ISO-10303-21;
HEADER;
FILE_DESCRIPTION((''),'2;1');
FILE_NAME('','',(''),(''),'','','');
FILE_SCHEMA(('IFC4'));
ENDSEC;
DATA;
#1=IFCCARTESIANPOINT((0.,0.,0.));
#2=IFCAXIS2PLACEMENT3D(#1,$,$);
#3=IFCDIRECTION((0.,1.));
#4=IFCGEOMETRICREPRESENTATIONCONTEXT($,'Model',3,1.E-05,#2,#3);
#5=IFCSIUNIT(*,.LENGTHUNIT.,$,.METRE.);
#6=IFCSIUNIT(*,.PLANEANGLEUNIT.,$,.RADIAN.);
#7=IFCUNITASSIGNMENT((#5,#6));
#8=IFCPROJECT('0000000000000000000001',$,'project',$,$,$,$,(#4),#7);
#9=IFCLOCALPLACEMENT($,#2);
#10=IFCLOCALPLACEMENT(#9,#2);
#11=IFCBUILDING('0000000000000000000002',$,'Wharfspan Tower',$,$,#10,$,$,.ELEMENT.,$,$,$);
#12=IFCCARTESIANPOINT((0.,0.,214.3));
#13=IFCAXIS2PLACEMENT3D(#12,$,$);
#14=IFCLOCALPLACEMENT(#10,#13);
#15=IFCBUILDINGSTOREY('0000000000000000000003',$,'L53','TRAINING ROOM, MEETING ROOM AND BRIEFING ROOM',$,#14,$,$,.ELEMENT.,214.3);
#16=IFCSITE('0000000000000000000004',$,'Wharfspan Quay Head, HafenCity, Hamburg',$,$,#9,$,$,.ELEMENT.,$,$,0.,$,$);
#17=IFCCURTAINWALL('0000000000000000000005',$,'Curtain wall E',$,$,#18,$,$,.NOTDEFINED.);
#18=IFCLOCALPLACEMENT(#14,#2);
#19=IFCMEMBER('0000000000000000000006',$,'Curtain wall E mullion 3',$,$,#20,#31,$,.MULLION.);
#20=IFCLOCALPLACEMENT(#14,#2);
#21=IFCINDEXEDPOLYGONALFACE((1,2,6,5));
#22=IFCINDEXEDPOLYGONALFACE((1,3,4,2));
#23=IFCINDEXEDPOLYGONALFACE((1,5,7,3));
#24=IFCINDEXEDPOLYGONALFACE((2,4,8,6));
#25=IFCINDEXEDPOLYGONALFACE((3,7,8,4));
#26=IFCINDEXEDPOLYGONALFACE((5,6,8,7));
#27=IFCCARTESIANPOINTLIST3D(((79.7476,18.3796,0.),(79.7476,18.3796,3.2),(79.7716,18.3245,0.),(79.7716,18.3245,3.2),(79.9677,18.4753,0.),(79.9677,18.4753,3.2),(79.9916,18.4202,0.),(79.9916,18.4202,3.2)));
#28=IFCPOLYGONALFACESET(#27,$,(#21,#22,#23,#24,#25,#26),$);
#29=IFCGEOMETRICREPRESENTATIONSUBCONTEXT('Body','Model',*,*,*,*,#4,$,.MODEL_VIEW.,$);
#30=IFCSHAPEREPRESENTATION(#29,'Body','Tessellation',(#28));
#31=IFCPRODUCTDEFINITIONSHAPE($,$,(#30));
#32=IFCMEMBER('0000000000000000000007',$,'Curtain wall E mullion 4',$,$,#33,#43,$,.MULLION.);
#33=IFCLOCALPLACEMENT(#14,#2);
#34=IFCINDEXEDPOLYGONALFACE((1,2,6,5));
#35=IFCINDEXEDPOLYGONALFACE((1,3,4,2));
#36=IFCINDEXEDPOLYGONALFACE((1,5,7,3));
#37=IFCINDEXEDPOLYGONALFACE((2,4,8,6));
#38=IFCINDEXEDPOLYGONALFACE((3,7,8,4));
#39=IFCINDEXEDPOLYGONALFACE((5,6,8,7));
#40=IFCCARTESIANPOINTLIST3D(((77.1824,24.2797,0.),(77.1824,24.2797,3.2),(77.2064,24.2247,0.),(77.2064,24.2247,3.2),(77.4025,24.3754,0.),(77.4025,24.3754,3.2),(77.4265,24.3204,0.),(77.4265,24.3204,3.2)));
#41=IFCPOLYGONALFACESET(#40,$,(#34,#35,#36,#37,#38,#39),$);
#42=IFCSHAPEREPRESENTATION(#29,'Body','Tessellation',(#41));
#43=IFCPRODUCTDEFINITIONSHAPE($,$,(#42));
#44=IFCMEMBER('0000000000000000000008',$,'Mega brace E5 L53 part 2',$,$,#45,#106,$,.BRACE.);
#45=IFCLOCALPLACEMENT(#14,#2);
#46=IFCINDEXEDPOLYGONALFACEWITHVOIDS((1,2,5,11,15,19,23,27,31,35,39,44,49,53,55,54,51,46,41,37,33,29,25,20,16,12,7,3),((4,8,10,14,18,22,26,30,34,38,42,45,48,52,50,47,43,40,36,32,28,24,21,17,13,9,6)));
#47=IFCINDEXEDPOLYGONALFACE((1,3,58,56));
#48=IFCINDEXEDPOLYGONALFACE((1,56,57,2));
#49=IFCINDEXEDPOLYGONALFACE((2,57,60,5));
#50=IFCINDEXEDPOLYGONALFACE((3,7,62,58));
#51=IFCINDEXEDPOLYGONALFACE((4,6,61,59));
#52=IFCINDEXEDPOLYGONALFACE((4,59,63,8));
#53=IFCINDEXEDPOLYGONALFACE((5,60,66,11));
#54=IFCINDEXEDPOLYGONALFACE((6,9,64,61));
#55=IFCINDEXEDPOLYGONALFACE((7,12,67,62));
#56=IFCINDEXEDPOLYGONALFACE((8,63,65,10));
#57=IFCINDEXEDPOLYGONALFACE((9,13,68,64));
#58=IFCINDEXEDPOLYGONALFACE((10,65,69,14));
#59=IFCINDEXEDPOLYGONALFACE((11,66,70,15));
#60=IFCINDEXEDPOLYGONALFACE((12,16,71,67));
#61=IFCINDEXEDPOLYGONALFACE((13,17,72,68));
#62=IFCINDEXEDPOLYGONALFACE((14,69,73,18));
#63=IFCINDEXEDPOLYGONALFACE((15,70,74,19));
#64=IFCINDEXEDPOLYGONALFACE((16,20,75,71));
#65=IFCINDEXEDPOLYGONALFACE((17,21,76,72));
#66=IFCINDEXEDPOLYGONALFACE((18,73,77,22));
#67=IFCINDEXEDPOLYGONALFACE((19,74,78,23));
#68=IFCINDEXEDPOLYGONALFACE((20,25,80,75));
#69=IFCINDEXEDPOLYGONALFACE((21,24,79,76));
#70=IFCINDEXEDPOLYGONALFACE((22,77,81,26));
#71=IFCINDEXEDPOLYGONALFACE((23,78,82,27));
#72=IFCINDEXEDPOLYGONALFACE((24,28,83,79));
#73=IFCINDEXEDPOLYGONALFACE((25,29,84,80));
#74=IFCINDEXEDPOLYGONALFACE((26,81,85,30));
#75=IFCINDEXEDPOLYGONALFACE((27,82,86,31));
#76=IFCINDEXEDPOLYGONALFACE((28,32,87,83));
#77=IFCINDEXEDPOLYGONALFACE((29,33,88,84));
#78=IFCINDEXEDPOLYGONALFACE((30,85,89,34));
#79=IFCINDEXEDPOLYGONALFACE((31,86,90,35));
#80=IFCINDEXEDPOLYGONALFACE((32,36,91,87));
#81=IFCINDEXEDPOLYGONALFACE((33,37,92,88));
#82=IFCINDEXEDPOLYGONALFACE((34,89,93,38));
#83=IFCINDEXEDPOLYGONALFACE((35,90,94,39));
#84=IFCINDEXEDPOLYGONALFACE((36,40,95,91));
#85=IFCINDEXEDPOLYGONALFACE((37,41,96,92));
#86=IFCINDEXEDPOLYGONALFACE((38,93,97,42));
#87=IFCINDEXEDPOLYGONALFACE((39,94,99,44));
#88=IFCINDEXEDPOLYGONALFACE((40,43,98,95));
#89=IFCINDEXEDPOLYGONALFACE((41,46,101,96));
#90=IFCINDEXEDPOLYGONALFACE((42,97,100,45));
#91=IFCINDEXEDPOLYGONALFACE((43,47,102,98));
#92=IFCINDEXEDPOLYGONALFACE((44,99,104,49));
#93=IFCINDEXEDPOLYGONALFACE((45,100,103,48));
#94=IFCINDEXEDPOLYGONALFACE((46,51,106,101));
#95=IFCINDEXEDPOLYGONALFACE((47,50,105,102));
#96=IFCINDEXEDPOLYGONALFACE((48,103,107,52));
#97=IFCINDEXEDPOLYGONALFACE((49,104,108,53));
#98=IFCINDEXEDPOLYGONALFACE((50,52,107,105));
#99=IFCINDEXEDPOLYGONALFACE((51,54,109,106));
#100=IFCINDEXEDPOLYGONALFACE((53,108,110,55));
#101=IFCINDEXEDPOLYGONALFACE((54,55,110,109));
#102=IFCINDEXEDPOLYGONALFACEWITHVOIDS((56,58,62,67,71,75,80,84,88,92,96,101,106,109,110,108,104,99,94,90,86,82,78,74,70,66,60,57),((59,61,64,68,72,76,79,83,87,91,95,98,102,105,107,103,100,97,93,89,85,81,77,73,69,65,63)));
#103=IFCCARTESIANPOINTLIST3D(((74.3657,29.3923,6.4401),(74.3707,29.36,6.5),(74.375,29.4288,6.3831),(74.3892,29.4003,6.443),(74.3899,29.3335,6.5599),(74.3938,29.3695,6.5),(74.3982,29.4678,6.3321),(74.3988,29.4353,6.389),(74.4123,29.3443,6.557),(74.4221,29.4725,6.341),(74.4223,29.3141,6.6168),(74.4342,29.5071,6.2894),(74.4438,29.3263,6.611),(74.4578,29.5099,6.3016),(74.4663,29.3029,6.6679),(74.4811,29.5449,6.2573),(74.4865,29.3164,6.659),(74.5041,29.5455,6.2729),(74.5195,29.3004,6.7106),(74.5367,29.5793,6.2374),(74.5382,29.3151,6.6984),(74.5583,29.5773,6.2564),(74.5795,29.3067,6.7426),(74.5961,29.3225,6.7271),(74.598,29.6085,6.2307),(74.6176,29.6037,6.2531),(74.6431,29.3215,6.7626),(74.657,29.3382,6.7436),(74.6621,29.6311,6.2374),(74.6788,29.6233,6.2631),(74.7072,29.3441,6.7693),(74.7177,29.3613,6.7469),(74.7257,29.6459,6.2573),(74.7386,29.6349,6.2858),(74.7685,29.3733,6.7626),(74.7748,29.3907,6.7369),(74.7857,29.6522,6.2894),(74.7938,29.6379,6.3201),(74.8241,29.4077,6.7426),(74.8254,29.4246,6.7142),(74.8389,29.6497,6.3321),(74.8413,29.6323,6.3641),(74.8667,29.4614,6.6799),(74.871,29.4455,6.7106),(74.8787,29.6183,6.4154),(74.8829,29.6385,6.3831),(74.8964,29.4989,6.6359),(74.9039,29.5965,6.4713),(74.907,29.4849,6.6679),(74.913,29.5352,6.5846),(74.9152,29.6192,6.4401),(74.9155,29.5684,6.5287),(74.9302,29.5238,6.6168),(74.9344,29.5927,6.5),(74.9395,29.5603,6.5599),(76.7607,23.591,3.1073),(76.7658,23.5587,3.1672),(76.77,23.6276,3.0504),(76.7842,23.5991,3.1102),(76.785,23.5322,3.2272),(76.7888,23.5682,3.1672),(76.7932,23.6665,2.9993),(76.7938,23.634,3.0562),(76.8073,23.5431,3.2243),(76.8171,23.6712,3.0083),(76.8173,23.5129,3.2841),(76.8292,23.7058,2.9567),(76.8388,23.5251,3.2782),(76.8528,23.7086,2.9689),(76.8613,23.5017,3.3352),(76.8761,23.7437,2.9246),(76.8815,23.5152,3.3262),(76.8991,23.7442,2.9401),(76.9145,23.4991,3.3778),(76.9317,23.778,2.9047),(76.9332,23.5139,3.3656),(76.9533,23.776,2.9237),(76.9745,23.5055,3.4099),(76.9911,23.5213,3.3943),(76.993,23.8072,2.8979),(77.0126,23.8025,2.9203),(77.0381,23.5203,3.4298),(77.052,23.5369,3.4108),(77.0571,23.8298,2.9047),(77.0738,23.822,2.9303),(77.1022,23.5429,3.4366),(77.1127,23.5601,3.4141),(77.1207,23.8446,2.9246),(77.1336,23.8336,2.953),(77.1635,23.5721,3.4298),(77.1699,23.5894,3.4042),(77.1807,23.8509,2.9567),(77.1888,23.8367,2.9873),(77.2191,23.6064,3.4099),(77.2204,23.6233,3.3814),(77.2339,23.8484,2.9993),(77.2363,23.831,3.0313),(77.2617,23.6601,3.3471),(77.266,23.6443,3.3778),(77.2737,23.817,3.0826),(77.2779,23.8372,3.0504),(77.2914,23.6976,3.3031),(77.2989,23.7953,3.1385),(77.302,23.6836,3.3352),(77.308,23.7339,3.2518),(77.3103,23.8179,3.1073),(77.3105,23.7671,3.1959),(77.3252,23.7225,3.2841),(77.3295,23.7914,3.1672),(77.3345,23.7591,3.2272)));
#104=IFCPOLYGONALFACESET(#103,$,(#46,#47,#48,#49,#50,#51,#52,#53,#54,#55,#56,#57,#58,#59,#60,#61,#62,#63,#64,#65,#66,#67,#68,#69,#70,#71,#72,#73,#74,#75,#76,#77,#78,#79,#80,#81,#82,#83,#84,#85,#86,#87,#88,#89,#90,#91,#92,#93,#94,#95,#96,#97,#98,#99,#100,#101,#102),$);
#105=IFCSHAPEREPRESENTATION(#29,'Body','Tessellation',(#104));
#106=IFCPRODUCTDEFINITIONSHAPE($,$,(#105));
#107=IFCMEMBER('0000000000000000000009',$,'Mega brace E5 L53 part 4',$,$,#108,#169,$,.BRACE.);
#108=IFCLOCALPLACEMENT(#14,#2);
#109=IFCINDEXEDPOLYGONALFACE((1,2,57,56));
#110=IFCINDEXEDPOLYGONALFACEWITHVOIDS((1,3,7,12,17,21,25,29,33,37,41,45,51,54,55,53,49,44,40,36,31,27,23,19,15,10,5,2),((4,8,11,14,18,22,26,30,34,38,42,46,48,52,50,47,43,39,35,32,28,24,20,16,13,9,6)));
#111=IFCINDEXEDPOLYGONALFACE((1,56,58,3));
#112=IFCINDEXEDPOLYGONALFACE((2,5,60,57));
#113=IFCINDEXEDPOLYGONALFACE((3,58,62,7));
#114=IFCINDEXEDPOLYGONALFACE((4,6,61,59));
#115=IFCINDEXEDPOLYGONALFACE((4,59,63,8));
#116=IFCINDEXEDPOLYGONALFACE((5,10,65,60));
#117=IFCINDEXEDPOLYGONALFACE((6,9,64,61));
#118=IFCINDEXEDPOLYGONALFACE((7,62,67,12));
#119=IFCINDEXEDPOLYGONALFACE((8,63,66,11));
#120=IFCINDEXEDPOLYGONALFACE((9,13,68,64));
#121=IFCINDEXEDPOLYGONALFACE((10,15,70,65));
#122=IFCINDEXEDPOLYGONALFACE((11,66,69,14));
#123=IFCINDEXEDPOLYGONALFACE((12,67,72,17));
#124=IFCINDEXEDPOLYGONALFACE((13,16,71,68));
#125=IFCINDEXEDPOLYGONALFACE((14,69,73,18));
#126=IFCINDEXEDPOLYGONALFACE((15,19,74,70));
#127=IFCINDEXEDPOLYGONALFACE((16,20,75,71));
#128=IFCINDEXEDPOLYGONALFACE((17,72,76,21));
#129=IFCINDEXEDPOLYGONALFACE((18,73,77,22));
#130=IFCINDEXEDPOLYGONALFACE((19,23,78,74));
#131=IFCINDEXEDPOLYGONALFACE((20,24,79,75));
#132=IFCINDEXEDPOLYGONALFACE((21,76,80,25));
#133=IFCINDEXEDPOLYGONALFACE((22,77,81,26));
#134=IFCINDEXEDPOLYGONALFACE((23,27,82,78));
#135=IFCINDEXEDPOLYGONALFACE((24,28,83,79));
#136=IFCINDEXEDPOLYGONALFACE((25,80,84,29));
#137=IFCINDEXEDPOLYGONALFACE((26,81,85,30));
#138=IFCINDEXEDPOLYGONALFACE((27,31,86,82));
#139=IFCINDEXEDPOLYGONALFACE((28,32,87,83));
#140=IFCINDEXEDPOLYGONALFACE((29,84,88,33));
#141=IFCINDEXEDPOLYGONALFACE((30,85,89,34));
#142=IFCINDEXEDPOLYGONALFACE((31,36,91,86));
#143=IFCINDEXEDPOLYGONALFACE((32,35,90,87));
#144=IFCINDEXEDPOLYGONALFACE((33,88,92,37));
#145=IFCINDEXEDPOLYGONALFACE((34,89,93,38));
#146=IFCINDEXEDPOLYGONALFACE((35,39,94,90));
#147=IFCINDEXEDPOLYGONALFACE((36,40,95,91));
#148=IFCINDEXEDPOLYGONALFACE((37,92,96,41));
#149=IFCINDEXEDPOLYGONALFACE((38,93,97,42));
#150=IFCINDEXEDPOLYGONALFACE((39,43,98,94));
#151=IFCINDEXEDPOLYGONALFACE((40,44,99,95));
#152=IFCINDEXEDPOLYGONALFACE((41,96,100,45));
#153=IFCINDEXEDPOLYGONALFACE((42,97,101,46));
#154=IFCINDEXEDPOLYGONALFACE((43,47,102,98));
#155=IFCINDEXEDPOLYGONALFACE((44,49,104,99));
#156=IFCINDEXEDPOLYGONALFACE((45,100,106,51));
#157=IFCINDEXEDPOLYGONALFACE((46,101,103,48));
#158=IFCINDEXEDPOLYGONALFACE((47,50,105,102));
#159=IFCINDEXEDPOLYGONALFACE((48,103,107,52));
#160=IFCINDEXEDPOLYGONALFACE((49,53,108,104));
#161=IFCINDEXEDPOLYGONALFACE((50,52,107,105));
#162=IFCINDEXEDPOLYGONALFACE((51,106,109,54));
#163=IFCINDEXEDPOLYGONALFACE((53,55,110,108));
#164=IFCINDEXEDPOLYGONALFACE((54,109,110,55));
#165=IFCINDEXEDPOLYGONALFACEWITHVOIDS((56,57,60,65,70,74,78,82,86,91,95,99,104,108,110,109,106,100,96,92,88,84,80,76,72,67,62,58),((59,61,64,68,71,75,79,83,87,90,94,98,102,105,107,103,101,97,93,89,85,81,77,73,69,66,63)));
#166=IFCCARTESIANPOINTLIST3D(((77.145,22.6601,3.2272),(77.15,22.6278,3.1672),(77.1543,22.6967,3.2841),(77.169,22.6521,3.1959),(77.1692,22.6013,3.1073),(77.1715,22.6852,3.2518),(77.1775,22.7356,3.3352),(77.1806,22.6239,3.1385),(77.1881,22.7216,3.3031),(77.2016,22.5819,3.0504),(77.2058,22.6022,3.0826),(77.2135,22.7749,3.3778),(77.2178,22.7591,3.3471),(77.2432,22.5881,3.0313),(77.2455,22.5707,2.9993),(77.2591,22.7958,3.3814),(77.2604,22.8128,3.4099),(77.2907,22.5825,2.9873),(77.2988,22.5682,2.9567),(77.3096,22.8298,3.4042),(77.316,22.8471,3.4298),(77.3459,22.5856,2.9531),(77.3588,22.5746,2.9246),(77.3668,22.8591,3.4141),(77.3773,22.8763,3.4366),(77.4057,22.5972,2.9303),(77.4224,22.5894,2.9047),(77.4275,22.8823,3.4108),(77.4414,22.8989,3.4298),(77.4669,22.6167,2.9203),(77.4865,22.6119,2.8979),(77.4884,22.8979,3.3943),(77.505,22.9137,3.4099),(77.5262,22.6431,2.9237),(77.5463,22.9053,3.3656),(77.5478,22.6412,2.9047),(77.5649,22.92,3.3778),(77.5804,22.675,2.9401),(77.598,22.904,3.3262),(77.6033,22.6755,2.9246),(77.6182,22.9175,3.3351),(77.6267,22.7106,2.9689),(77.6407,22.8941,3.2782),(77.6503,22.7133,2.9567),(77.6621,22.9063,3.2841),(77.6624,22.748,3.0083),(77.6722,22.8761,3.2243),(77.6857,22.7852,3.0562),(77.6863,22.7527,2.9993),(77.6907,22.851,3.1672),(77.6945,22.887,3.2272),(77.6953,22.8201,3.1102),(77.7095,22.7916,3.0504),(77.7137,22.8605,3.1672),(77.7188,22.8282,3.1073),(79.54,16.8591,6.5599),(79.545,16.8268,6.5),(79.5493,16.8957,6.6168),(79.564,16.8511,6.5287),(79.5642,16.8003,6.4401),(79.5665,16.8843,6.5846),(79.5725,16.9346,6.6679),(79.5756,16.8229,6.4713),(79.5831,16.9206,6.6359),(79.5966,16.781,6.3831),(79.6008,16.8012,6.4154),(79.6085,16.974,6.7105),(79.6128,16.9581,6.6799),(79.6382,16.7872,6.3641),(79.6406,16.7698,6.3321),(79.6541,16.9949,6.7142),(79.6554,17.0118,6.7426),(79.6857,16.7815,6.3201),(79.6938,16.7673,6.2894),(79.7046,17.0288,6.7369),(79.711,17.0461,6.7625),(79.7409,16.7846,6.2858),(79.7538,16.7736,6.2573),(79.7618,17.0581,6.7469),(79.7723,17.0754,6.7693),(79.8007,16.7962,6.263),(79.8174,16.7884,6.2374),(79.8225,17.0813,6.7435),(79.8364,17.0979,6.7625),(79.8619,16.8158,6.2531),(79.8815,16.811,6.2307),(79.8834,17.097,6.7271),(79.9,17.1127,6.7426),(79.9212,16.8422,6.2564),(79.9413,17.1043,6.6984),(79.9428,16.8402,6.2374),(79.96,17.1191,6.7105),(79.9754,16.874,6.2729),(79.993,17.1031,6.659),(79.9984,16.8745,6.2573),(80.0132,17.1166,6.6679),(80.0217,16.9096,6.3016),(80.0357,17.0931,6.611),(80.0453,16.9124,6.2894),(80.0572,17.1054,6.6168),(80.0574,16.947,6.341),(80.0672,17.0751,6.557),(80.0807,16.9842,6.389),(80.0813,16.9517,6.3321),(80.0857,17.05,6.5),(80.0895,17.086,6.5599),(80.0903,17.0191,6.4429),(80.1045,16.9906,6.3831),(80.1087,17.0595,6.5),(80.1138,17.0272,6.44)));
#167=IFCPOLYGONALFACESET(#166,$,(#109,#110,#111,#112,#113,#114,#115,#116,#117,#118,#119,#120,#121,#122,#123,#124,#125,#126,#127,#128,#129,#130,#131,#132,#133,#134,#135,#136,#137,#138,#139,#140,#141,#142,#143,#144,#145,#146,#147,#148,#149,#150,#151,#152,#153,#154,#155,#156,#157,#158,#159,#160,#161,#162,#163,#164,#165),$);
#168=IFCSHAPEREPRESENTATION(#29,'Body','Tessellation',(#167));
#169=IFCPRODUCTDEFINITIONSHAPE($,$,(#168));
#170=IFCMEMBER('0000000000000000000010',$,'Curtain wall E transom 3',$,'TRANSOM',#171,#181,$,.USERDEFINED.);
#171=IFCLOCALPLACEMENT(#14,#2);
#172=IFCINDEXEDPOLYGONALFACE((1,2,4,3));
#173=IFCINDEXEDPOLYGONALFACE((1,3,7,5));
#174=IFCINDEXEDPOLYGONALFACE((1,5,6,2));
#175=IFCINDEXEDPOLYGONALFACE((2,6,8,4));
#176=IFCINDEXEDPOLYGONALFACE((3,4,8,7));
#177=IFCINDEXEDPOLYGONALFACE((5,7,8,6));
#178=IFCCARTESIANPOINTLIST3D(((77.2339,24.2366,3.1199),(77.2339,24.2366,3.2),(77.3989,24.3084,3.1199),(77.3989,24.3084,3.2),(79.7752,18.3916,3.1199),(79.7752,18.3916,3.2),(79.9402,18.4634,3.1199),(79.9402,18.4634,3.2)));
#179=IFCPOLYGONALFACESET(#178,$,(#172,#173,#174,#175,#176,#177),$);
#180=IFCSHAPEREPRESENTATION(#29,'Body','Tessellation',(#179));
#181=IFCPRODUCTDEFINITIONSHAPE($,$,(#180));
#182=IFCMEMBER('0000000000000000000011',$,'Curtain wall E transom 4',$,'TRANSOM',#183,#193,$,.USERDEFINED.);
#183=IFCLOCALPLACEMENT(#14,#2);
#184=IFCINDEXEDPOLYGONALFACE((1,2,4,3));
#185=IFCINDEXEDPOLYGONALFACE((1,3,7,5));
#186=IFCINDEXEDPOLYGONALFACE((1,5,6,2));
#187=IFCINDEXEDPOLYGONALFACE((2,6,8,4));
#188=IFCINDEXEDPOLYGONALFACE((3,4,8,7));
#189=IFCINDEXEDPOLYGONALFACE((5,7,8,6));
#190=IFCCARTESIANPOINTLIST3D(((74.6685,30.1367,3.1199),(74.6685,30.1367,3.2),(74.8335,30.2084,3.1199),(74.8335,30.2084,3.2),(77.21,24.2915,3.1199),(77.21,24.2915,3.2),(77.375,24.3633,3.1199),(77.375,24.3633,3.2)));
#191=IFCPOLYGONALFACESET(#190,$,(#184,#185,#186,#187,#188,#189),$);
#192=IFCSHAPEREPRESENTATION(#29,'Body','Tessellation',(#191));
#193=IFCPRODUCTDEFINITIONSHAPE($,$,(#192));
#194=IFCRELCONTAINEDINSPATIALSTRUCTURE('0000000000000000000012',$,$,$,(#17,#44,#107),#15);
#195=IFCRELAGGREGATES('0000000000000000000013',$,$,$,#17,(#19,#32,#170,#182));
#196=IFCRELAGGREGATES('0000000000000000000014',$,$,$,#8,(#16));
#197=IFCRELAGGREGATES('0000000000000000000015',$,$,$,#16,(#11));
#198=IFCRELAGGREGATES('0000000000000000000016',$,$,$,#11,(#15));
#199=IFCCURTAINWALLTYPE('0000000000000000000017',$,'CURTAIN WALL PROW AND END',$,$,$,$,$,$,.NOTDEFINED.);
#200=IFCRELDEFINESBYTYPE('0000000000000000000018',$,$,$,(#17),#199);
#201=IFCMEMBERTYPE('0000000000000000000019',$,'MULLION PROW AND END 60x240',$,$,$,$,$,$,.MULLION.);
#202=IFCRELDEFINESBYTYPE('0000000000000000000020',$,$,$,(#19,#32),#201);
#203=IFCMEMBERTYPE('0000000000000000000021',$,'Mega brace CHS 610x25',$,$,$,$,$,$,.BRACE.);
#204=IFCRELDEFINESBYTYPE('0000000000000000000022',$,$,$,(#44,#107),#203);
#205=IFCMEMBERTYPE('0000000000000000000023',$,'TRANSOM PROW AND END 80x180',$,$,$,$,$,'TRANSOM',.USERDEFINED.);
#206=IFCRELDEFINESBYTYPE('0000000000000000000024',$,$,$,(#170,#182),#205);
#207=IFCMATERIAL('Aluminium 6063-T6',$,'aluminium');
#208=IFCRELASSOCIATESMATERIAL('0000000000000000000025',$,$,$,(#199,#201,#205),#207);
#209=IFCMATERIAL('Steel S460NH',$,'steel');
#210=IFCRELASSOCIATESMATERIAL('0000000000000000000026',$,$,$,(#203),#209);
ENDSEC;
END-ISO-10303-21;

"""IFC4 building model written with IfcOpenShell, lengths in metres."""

from ifc_helpers import new_model, si_unit, direction, frame, origin, origin_2d, place, context, subcontext, project, spatial, rectangle, hollow_circle, extrude, material, material_profile, profile_set, type_object, element, aggregate, save


model = new_model("IFC4")

# Units and contexts
model_context = context("Model", 3, precision=1e-05, world=origin(), true_north=direction((0.0, 1.0)))
body_context = subcontext(model_context, "Body", "Model", "MODEL_VIEW")
ifc_project = project(units=[si_unit("LENGTHUNIT", "METRE"), si_unit("PLANEANGLEUNIT", "RADIAN")], contexts=[model_context])

# Site, building, storey
site_placement = place(None, origin())
site = spatial("IfcSite", under=ifc_project, at=site_placement, Name="Wharfspan Quay Head, HafenCity, Hamburg", CompositionType="ELEMENT", RefElevation=0.0)
building_placement = place(site_placement, origin())
building = spatial("IfcBuilding", under=site, at=building_placement, Name="Wharfspan Tower", CompositionType="ELEMENT")
storey_placement = place(building_placement, frame((0.0, 0.0, 214.3)))
storey = spatial("IfcBuildingStorey", under=building, at=storey_placement, Name="L53", Description="TRAINING ROOM, MEETING ROOM AND BRIEFING ROOM", CompositionType="ELEMENT", Elevation=214.3)

# Curtain wall, members
ifc_material_1 = material(Name="Aluminium 6063-T6", Category="aluminium")
curtain_wall_type = type_object("IfcCurtainWallType", Name="CURTAIN WALL PROW AND END", PredefinedType="NOTDEFINED", material=ifc_material_1)
curtain_wall_placement = place(storey_placement, origin())
curtain_wall = element("IfcCurtainWall", 1, at=curtain_wall_placement, inside=storey, type_object=curtain_wall_type, Name="Curtain wall E", PredefinedType="NOTDEFINED")
ifc_material_profile_1 = material_profile(ifc_material_1, rectangle(XDim=0.24, YDim=0.0601, at=origin_2d()))
ifc_profile_set_1 = profile_set([ifc_material_profile_1], Name="Aluminium 6063-T6")
member_type_1 = type_object("IfcMemberType", Name="MULLION PROW AND END 60x240", PredefinedType="MULLION", material=ifc_profile_set_1)
member_1_placement = place(storey_placement, frame((79.8696, 18.3999, 0.0), z_axis=(0.0, 0.0, 1.0), x_axis=(-0.917072, -0.398727, 0.0)))
member_1 = element("IfcMember", 2, at=member_1_placement, type_object=member_type_1, Name="Curtain wall E mullion 3", PredefinedType="MULLION", context=body_context, shape_type="SweptSolid", body=[
    extrude(rectangle(XDim=0.24, YDim=0.0601, at=origin_2d()), origin(), (0.0, 0.0, 1.0), 3.2),
])
member_2_placement = place(storey_placement, frame((77.3044, 24.3, 0.0), z_axis=(0.0, 0.0, 1.0), x_axis=(-0.917072, -0.398727, 0.0)))
member_2 = element("IfcMember", 3, at=member_2_placement, type_object=member_type_1, Name="Curtain wall E mullion 4", PredefinedType="MULLION", context=body_context, shape_type="SweptSolid", body=[
    extrude(rectangle(XDim=0.24, YDim=0.0601, at=origin_2d()), origin(), (0.0, 0.0, 1.0), 3.2),
])

# Members
ifc_material_2 = material(Name="Steel S460NH", Category="steel")
ifc_material_profile_2 = material_profile(ifc_material_2, hollow_circle(Radius=0.3049, WallThickness=0.0249, at=origin_2d()))
ifc_profile_set_2 = profile_set([ifc_material_profile_2], Name="Steel S460NH")
member_type_2 = type_object("IfcMemberType", Name="Mega brace CHS 610x25", PredefinedType="BRACE", material=ifc_profile_set_2)
member_3_placement = place(storey_placement, frame((77.0476, 23.675, 3.1672), z_axis=(-0.337032, 0.816367, 0.468993), x_axis=(-0.92433, -0.381605, 0.000002)))
element("IfcMember", 4, at=member_3_placement, inside=storey, type_object=member_type_2, Name="Mega brace E5 L53 part 2", PredefinedType="BRACE", context=body_context, shape_type="SweptSolid", body=[
    extrude(hollow_circle(Radius=0.3049, WallThickness=0.0249, at=origin_2d()), origin(), (0.0, 0.0, 1.0), 7.1062),
])
member_4_placement = place(storey_placement, frame((77.4319, 22.7441, 3.1672), z_axis=(0.337042, -0.816355, 0.469007), x_axis=(0.924324, 0.381616, -0.000004)))
element("IfcMember", 5, at=member_4_placement, inside=storey, type_object=member_type_2, Name="Mega brace E5 L53 part 4", PredefinedType="BRACE", context=body_context, shape_type="SweptSolid", body=[
    extrude(hollow_circle(Radius=0.3049, WallThickness=0.0249, at=origin_2d()), origin(), (0.0, 0.0, 1.0), 7.106),
])

# Members
ifc_material_profile_3 = material_profile(ifc_material_1, rectangle(XDim=0.1799, YDim=0.0801, at=origin_2d()))
ifc_profile_set_3 = profile_set([ifc_material_profile_3], Name="Aluminium 6063-T6")
member_type_3 = type_object("IfcMemberType", Name="TRANSOM PROW AND END 80x180", ElementType="TRANSOM", PredefinedType="USERDEFINED", material=ifc_profile_set_3)
member_5_placement = place(storey_placement, frame((79.8577, 18.4275, 3.1599), z_axis=(-0.398722, 0.917072, 0.0), x_axis=(-0.917072, -0.398722, 0.0)))
member_5 = element("IfcMember", 6, at=member_5_placement, type_object=member_type_3, Name="Curtain wall E transom 3", ObjectType="TRANSOM", PredefinedType="USERDEFINED", context=body_context, shape_type="SweptSolid", body=[
    extrude(rectangle(XDim=0.1799, YDim=0.0801, at=origin_2d()), origin(), (0.0, 0.0, 1.0), 6.3735),
])
member_6_placement = place(storey_placement, frame((77.2925, 24.3274, 3.1599), z_axis=(-0.39874, 0.917064, 0.0), x_axis=(-0.917064, -0.39874, 0.0)))
member_6 = element("IfcMember", 7, at=member_6_placement, type_object=member_type_3, Name="Curtain wall E transom 4", ObjectType="TRANSOM", PredefinedType="USERDEFINED", context=body_context, shape_type="SweptSolid", body=[
    extrude(rectangle(XDim=0.1799, YDim=0.0801, at=origin_2d()), origin(), (0.0, 0.0, 1.0), 6.3738),
])

aggregate(curtain_wall, [member_1, member_2, member_5, member_6])

save(model, "model.ifc")
